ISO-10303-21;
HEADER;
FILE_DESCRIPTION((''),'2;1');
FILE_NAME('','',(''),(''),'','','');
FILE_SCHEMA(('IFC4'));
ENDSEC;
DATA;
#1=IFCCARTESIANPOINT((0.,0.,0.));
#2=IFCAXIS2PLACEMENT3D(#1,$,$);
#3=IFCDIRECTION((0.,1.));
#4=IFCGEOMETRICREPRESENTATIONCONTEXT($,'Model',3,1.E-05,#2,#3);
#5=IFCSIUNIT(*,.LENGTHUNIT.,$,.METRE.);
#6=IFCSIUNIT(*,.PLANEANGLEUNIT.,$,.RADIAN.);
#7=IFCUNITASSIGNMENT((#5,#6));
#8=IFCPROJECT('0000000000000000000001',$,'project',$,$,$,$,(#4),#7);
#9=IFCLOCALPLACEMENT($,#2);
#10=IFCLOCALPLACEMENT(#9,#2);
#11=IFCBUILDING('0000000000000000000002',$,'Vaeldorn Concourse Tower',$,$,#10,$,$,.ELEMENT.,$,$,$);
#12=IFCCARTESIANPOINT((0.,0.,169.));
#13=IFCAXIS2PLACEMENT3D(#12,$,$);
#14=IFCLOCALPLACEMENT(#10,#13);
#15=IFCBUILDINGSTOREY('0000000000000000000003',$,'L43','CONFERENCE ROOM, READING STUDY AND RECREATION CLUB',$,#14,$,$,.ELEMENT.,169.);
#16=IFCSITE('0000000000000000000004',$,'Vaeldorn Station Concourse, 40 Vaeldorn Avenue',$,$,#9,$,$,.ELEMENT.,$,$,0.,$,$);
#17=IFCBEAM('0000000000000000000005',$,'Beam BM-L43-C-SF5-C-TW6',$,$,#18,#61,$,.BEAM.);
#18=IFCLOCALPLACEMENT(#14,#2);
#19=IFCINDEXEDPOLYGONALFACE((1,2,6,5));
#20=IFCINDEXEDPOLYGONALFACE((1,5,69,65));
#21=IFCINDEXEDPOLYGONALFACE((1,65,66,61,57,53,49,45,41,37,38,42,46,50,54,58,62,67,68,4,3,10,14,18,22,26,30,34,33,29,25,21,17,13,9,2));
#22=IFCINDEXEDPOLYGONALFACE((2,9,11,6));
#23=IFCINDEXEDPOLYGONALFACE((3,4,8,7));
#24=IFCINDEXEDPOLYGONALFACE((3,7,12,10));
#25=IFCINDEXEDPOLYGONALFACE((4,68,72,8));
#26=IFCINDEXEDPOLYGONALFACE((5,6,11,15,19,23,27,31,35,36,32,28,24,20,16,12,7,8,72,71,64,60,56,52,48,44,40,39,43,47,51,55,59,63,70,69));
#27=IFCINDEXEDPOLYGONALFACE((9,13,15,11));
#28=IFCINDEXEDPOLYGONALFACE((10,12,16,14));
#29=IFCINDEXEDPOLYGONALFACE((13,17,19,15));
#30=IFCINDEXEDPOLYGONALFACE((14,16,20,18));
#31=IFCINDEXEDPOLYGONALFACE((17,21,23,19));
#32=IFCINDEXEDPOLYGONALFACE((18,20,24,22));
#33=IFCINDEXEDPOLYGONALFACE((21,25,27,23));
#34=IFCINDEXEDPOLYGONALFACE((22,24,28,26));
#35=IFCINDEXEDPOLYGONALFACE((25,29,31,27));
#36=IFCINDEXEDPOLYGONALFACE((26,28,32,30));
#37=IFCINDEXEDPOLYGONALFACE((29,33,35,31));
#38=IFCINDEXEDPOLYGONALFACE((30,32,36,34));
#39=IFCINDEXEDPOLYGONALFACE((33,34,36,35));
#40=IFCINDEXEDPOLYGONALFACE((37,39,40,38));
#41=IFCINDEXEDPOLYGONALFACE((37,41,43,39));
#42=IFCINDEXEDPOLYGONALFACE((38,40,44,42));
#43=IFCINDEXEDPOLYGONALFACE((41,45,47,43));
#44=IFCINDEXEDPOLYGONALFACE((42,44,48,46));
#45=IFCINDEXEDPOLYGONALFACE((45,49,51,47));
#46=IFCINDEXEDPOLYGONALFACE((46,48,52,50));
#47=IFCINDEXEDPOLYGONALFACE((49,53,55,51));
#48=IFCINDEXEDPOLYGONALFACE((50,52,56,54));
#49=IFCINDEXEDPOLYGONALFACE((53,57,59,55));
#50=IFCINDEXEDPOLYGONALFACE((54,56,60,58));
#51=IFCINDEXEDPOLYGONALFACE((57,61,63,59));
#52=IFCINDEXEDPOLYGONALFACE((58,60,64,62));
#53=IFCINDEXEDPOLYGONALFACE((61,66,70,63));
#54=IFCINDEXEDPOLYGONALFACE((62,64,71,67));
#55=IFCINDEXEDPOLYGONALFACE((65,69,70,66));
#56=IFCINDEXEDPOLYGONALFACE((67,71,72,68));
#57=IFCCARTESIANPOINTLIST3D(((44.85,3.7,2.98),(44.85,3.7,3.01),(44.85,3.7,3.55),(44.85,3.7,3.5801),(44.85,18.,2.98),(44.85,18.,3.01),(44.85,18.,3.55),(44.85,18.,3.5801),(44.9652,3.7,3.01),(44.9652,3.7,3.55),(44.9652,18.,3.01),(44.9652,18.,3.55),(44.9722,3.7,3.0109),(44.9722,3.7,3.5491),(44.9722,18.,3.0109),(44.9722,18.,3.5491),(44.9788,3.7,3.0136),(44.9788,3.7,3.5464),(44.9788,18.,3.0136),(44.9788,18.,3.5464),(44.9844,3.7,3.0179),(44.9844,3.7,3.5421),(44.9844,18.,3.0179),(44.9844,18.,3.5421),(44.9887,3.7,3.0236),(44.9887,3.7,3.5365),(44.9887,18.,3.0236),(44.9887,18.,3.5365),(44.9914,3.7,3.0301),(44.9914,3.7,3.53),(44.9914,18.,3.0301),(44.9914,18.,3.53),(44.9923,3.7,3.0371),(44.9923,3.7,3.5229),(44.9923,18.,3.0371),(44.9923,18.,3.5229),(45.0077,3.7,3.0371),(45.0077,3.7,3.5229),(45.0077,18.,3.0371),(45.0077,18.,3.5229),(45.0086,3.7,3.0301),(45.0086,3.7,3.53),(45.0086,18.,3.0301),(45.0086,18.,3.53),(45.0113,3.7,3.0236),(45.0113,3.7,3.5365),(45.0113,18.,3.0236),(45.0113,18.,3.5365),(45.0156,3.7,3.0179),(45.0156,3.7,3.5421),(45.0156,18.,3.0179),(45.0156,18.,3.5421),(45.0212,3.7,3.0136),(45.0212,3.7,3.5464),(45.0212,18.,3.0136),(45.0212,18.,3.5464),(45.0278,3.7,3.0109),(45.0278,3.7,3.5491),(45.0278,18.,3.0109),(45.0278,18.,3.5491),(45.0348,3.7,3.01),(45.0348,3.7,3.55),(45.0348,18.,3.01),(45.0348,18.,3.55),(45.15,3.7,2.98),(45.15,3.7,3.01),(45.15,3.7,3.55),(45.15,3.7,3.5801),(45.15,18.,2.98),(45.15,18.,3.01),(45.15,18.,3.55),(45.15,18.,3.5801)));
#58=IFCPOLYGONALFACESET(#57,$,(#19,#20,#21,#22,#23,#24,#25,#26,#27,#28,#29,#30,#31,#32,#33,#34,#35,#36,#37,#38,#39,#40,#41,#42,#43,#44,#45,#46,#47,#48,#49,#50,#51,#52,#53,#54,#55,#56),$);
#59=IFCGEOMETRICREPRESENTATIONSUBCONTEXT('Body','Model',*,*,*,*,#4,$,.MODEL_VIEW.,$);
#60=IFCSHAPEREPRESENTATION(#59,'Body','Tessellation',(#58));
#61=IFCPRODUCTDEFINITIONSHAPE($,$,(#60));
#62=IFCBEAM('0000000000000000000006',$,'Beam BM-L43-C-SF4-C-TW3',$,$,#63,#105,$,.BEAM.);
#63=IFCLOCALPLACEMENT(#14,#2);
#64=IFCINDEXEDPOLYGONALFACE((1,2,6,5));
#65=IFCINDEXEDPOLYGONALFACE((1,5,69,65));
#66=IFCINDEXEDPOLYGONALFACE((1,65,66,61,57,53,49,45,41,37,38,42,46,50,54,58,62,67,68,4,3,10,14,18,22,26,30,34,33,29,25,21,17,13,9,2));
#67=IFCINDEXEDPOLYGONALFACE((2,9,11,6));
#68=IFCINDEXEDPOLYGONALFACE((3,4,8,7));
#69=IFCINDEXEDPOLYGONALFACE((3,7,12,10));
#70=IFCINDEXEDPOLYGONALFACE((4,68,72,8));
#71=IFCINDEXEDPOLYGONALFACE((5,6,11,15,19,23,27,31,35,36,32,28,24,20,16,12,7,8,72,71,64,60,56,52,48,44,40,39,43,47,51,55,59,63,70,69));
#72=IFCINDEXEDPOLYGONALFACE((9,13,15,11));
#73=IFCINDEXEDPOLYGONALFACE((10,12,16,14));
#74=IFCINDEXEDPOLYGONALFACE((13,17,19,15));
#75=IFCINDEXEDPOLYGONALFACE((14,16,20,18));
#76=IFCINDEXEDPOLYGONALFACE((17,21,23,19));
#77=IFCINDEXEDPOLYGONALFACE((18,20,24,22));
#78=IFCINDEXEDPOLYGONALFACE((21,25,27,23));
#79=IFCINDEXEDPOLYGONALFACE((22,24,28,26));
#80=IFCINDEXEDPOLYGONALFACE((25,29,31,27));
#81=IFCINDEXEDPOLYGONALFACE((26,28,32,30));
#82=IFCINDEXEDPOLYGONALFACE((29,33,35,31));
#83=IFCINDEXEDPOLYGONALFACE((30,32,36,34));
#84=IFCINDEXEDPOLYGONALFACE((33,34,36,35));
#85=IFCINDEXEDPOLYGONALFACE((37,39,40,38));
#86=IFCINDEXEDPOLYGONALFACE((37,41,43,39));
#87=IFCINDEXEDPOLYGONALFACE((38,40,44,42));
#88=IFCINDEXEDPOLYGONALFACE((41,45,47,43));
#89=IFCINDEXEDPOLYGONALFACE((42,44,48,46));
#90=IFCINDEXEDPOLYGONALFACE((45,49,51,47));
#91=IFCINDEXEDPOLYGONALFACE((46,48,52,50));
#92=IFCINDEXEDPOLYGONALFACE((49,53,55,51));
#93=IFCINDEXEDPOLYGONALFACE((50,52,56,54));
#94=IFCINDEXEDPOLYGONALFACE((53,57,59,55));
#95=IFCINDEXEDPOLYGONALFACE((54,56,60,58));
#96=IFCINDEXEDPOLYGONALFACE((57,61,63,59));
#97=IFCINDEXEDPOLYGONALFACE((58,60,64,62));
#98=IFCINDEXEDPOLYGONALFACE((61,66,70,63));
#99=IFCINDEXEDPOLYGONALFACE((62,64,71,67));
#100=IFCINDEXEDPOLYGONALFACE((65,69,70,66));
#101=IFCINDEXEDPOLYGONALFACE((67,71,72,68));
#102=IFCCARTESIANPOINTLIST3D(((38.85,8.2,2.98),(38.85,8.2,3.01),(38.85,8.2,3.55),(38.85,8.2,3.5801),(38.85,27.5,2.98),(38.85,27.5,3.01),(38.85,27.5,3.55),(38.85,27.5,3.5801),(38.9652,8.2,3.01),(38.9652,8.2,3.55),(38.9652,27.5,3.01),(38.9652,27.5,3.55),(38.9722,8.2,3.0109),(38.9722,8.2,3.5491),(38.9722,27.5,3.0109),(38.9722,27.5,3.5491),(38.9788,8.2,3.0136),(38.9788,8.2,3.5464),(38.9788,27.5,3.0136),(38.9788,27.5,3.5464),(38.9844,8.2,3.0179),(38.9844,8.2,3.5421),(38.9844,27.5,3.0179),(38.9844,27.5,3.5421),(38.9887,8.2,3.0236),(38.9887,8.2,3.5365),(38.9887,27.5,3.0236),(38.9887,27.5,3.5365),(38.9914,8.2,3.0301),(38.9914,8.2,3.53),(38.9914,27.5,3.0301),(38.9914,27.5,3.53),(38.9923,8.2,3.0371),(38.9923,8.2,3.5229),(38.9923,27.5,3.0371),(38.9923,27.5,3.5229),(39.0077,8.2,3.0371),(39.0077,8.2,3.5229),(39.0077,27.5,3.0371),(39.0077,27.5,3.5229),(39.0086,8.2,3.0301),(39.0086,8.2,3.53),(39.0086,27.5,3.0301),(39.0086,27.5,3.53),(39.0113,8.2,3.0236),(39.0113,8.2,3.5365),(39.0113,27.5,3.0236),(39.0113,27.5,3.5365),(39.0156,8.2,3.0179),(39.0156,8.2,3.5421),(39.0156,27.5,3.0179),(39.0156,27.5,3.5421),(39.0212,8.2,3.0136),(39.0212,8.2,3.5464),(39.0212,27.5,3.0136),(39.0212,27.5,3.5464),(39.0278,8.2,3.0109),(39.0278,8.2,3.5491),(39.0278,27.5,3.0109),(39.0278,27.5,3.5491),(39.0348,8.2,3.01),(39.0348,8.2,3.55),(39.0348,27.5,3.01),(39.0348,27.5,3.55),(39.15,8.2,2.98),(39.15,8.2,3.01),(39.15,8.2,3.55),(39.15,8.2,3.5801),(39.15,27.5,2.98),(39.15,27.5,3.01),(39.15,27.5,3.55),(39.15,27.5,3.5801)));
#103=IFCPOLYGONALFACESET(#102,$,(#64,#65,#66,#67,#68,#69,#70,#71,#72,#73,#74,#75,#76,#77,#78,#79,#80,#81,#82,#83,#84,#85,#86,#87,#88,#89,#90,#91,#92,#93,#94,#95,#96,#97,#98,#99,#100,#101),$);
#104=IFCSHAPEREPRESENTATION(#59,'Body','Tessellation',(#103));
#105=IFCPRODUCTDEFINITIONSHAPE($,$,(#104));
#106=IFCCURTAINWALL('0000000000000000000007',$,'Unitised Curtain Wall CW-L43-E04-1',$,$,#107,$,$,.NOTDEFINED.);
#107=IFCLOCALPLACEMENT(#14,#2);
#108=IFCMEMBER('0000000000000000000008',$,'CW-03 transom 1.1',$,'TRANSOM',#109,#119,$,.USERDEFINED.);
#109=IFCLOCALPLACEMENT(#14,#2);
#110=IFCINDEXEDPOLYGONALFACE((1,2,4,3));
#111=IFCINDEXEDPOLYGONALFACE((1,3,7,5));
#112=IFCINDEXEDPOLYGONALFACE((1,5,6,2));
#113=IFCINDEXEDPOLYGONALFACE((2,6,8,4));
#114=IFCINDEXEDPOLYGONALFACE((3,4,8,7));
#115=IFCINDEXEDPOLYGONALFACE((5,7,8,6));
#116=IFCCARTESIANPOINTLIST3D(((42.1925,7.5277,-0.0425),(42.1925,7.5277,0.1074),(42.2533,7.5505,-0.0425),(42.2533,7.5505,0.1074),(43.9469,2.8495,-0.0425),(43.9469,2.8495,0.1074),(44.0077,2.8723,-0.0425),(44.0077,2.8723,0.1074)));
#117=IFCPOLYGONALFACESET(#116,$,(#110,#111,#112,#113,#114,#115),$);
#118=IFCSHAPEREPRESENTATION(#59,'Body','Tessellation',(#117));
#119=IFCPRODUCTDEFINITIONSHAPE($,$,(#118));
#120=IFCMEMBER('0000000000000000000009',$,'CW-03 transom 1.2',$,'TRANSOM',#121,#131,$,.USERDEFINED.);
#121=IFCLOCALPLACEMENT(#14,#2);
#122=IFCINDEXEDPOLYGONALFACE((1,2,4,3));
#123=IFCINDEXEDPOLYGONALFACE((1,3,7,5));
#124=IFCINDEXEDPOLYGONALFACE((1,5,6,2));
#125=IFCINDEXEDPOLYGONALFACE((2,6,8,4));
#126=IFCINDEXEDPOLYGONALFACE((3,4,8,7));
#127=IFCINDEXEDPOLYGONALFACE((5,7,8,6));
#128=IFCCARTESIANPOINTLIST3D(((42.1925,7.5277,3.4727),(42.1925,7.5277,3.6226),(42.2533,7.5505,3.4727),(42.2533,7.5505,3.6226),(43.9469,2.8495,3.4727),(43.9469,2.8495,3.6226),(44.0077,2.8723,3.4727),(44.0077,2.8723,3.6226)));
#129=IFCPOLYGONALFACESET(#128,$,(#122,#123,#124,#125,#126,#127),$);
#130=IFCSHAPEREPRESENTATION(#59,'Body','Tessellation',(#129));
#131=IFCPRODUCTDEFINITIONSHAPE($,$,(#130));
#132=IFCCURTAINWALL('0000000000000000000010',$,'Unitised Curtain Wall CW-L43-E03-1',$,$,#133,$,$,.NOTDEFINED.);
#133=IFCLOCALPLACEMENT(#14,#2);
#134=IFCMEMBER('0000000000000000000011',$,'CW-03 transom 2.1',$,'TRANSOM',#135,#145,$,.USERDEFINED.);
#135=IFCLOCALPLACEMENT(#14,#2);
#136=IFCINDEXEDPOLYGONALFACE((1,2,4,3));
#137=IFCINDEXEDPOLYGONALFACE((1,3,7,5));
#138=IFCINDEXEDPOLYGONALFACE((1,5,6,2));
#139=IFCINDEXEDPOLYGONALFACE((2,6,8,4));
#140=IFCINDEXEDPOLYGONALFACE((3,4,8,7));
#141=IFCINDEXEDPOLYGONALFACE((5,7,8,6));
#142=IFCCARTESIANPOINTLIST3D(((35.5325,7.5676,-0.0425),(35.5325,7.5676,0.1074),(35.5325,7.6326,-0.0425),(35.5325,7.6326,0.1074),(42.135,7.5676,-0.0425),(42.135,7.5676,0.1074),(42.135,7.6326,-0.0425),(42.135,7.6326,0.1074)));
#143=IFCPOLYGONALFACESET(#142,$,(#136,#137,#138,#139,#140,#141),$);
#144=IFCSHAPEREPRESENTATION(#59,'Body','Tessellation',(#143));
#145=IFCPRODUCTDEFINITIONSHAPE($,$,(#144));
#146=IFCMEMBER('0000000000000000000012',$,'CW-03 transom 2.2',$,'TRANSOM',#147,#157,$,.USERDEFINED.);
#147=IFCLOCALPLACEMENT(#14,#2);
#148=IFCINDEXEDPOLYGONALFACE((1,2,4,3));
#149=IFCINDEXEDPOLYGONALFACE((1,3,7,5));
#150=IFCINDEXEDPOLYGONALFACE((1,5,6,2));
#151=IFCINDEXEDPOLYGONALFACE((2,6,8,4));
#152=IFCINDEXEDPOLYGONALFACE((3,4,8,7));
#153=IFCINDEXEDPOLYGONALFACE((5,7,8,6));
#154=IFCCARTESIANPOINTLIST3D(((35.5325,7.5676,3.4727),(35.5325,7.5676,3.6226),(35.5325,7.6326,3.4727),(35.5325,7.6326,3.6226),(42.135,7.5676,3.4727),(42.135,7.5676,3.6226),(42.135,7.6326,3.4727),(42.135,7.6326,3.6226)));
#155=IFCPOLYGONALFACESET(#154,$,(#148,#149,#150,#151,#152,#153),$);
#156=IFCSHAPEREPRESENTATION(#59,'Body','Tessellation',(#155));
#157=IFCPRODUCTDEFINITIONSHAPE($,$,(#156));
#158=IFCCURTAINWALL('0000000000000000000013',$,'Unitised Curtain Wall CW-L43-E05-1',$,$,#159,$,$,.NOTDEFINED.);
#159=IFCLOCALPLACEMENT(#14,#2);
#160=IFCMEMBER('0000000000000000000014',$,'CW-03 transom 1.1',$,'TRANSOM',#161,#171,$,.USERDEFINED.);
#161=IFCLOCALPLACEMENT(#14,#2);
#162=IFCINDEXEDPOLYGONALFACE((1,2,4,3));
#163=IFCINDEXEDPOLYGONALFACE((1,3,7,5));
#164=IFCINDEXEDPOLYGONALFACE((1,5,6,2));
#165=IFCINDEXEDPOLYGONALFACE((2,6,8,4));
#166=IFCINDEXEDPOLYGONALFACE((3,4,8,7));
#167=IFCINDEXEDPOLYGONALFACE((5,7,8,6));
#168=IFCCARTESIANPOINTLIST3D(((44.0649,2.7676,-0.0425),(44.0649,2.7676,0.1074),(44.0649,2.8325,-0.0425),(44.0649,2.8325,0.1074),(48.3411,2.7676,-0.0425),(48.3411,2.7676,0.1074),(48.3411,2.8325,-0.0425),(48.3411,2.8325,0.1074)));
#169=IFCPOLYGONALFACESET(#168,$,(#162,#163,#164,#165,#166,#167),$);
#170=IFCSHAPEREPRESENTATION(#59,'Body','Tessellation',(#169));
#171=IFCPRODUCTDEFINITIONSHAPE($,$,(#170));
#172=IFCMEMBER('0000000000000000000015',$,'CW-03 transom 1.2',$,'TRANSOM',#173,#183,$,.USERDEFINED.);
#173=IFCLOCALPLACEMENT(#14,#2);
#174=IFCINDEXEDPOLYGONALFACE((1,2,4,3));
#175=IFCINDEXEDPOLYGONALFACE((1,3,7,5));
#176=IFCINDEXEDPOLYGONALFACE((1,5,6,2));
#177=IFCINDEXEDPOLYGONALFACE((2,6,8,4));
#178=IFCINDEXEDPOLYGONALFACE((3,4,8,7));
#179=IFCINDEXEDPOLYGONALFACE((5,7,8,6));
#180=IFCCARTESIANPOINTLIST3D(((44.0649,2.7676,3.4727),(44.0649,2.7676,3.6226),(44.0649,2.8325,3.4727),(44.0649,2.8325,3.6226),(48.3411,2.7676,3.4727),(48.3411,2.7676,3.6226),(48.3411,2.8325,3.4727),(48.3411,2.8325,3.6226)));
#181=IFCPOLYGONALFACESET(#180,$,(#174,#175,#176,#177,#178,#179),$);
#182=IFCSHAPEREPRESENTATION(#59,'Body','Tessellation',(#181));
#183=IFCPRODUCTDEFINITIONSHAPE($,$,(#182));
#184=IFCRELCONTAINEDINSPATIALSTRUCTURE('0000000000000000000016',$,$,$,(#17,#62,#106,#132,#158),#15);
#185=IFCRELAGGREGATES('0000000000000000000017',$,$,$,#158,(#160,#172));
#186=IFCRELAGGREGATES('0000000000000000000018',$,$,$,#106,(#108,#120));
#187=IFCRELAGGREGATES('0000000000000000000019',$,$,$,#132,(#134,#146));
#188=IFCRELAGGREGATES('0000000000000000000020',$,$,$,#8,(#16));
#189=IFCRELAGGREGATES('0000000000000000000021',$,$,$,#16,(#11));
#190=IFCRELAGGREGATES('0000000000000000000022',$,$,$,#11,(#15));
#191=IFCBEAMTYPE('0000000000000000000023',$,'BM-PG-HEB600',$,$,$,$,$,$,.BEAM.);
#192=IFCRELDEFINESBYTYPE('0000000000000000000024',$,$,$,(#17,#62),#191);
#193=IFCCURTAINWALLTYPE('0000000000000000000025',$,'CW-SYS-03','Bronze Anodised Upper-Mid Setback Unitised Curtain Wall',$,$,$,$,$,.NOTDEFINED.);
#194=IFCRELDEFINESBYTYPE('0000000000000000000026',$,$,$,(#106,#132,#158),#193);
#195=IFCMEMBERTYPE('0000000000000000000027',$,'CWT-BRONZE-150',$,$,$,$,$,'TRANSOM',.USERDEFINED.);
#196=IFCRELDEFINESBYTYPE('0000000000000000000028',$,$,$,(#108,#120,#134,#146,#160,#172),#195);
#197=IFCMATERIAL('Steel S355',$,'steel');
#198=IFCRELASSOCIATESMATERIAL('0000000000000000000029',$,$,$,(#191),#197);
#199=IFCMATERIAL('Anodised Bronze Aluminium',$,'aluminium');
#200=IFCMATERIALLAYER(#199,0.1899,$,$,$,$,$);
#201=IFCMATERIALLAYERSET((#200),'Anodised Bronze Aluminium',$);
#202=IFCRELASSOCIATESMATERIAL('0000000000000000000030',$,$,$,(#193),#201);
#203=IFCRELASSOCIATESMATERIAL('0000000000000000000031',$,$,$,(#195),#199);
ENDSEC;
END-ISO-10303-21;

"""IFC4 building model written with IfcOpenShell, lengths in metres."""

from ifc_helpers import new_model, si_unit, direction, frame, origin, origin_2d, place, context, subcontext, project, spatial, rectangle, i_section, extrude, source, transform, mapped, material, layer, layer_set, material_profile, profile_set, type_object, element, aggregate, save


model = new_model("IFC4")

# Units and contexts
model_context = context("Model", 3, precision=1e-05, world=origin(), true_north=direction((0.0, 1.0)))
body_context = subcontext(model_context, "Body", "Model", "MODEL_VIEW")
ifc_project = project(units=[si_unit("LENGTHUNIT", "METRE"), si_unit("PLANEANGLEUNIT", "RADIAN")], contexts=[model_context])

# Site, building, storey
site_placement = place(None, origin())
site = spatial("IfcSite", under=ifc_project, at=site_placement, Name="Vaeldorn Station Concourse, 40 Vaeldorn Avenue", CompositionType="ELEMENT", RefElevation=0.0)
building_placement = place(site_placement, origin())
building = spatial("IfcBuilding", under=site, at=building_placement, Name="Vaeldorn Concourse Tower", CompositionType="ELEMENT")
storey_placement = place(building_placement, frame((0.0, 0.0, 169.0)))
storey = spatial("IfcBuildingStorey", under=building, at=storey_placement, Name="L43", Description="CONFERENCE ROOM, READING STUDY AND RECREATION CLUB", CompositionType="ELEMENT", Elevation=169.0)

# Beams
ifc_material_1 = material(Name="Steel S355", Category="steel")
ifc_material_profile_1 = material_profile(ifc_material_1, i_section(OverallWidth=0.3, OverallDepth=0.6001, WebThickness=0.0154, FlangeThickness=0.03, FilletRadius=0.0271, at=origin_2d()), Name="HEB 600")
ifc_profile_set_1 = profile_set([ifc_material_profile_1], Name="Steel S355")
beam_type_1 = type_object("IfcBeamType", Name="BM-PG-HEB600", PredefinedType="BEAM", material=ifc_profile_set_1)
shared_shape_1 = source(origin(), body_context, "Body", "SweptSolid", [
    extrude(i_section(OverallWidth=0.3, OverallDepth=0.6001, WebThickness=0.0154, FlangeThickness=0.03, FilletRadius=0.0271, at=origin_2d()), origin(), (0.0, 0.0, 1.0), 14.3),
])
beam_1_placement = place(storey_placement, frame((45.0, 3.7, 3.28), z_axis=(0.0, 1.0, 0.0), x_axis=(-1.0, 0.0, 0.0)))
element("IfcBeam", 1, at=beam_1_placement, inside=storey, type_object=beam_type_1, Name="Beam BM-L43-C-SF5-C-TW6", PredefinedType="BEAM", context=body_context, shape_type="MappedRepresentation", body=[
    mapped(shared_shape_1, transform((0.0, 0.0, 0.0), scale=1.0)),
])
shared_shape_2 = source(origin(), body_context, "Body", "SweptSolid", [
    extrude(i_section(OverallWidth=0.3, OverallDepth=0.6001, WebThickness=0.0154, FlangeThickness=0.03, FilletRadius=0.0271, at=origin_2d()), origin(), (0.0, 0.0, 1.0), 19.3),
])
beam_2_placement = place(storey_placement, frame((39.0, 8.2, 3.28), z_axis=(0.0, 1.0, 0.0), x_axis=(-1.0, 0.0, 0.0)))
element("IfcBeam", 2, at=beam_2_placement, inside=storey, type_object=beam_type_1, Name="Beam BM-L43-C-SF4-C-TW3", PredefinedType="BEAM", context=body_context, shape_type="MappedRepresentation", body=[
    mapped(shared_shape_2, transform((0.0, 0.0, 0.0), scale=1.0)),
])

# Curtain walls, members
ifc_material_2 = material(Name="Anodised Bronze Aluminium", Category="aluminium")
ifc_layer_1 = layer(ifc_material_2, 0.1899)
ifc_layer_set_1 = layer_set([ifc_layer_1], Name="Anodised Bronze Aluminium")
curtain_wall_type = type_object("IfcCurtainWallType", Name="CW-SYS-03", Description="Bronze Anodised Upper-Mid Setback Unitised Curtain Wall", PredefinedType="NOTDEFINED", material=ifc_layer_set_1)
curtain_wall_1_placement = place(storey_placement, origin())
curtain_wall_1 = element("IfcCurtainWall", 3, at=curtain_wall_1_placement, inside=storey, type_object=curtain_wall_type, Name="Unitised Curtain Wall CW-L43-E04-1", PredefinedType="NOTDEFINED")
ifc_material_profile_2 = material_profile(ifc_material_2, rectangle(XDim=0.0649, YDim=0.1499, at=origin_2d()), Name="CWT 65x150")
ifc_profile_set_2 = profile_set([ifc_material_profile_2], Name="Anodised Bronze Aluminium")
member_type_1 = type_object("IfcMemberType", Name="CWT-BRONZE-150", ElementType="TRANSOM", PredefinedType="USERDEFINED", material=ifc_profile_set_2)
shared_shape_3 = source(origin(), body_context, "Body", "SweptSolid", [
    extrude(rectangle(XDim=0.0649, YDim=0.1499, at=origin_2d()), origin(), (0.0, 0.0, 1.0), 4.9963),
])
member_1_placement = place(storey_placement, frame((42.2229, 7.5391, 0.0325), z_axis=(0.351134, -0.936325, 0.0), x_axis=(0.936325, 0.351134, 0.0)))
member_1 = element("IfcMember", 4, at=member_1_placement, type_object=member_type_1, Name="CW-03 transom 1.1", ObjectType="TRANSOM", PredefinedType="USERDEFINED", context=body_context, shape_type="MappedRepresentation", body=[
    mapped(shared_shape_3, transform((0.0, 0.0, 0.0), scale=1.0)),
])
member_2_placement = place(storey_placement, frame((42.2229, 7.5391, 3.5476), z_axis=(0.351134, -0.936325, 0.0), x_axis=(0.936325, 0.351134, 0.0)))
member_2 = element("IfcMember", 5, at=member_2_placement, type_object=member_type_1, Name="CW-03 transom 1.2", ObjectType="TRANSOM", PredefinedType="USERDEFINED", context=body_context, shape_type="MappedRepresentation", body=[
    mapped(shared_shape_3, transform((0.0, 0.0, 0.0), scale=1.0)),
])
curtain_wall_2_placement = place(storey_placement, origin())
curtain_wall_2 = element("IfcCurtainWall", 6, at=curtain_wall_2_placement, inside=storey, type_object=curtain_wall_type, Name="Unitised Curtain Wall CW-L43-E03-1", PredefinedType="NOTDEFINED")
shared_shape_4 = source(origin(), body_context, "Body", "SweptSolid", [
    extrude(rectangle(XDim=0.0649, YDim=0.1499, at=origin_2d()), origin(), (0.0, 0.0, 1.0), 6.6025),
])
member_3_placement = place(storey_placement, frame((35.5325, 7.6001, 0.0325), z_axis=(1.0, 0.0, 0.0), x_axis=(0.0, 1.0, 0.0)))
member_3 = element("IfcMember", 7, at=member_3_placement, type_object=member_type_1, Name="CW-03 transom 2.1", ObjectType="TRANSOM", PredefinedType="USERDEFINED", context=body_context, shape_type="MappedRepresentation", body=[
    mapped(shared_shape_4, transform((0.0, 0.0, 0.0), scale=1.0)),
])
member_4_placement = place(storey_placement, frame((35.5325, 7.6001, 3.5476), z_axis=(1.0, 0.0, 0.0), x_axis=(0.0, 1.0, 0.0)))
member_4 = element("IfcMember", 8, at=member_4_placement, type_object=member_type_1, Name="CW-03 transom 2.2", ObjectType="TRANSOM", PredefinedType="USERDEFINED", context=body_context, shape_type="MappedRepresentation", body=[
    mapped(shared_shape_4, transform((0.0, 0.0, 0.0), scale=1.0)),
])
curtain_wall_3_placement = place(storey_placement, origin())
curtain_wall_3 = element("IfcCurtainWall", 9, at=curtain_wall_3_placement, inside=storey, type_object=curtain_wall_type, Name="Unitised Curtain Wall CW-L43-E05-1", PredefinedType="NOTDEFINED")
shared_shape_5 = source(origin(), body_context, "Body", "SweptSolid", [
    extrude(rectangle(XDim=0.0649, YDim=0.1499, at=origin_2d()), origin(), (0.0, 0.0, 1.0), 4.2761),
])
member_5_placement = place(storey_placement, frame((44.0649, 2.8, 0.0325), z_axis=(1.0, 0.0, 0.0), x_axis=(0.0, 1.0, 0.0)))
member_5 = element("IfcMember", 10, at=member_5_placement, type_object=member_type_1, Name="CW-03 transom 1.1", ObjectType="TRANSOM", PredefinedType="USERDEFINED", context=body_context, shape_type="MappedRepresentation", body=[
    mapped(shared_shape_5, transform((0.0, 0.0, 0.0), scale=1.0)),
])
member_6_placement = place(storey_placement, frame((44.0649, 2.8, 3.5476), z_axis=(1.0, 0.0, 0.0), x_axis=(0.0, 1.0, 0.0)))
member_6 = element("IfcMember", 11, at=member_6_placement, type_object=member_type_1, Name="CW-03 transom 1.2", ObjectType="TRANSOM", PredefinedType="USERDEFINED", context=body_context, shape_type="MappedRepresentation", body=[
    mapped(shared_shape_5, transform((0.0, 0.0, 0.0), scale=1.0)),
])

aggregate(curtain_wall_3, [member_5, member_6])

aggregate(curtain_wall_1, [member_1, member_2])
aggregate(curtain_wall_2, [member_3, member_4])

save(model, "model.ifc")
